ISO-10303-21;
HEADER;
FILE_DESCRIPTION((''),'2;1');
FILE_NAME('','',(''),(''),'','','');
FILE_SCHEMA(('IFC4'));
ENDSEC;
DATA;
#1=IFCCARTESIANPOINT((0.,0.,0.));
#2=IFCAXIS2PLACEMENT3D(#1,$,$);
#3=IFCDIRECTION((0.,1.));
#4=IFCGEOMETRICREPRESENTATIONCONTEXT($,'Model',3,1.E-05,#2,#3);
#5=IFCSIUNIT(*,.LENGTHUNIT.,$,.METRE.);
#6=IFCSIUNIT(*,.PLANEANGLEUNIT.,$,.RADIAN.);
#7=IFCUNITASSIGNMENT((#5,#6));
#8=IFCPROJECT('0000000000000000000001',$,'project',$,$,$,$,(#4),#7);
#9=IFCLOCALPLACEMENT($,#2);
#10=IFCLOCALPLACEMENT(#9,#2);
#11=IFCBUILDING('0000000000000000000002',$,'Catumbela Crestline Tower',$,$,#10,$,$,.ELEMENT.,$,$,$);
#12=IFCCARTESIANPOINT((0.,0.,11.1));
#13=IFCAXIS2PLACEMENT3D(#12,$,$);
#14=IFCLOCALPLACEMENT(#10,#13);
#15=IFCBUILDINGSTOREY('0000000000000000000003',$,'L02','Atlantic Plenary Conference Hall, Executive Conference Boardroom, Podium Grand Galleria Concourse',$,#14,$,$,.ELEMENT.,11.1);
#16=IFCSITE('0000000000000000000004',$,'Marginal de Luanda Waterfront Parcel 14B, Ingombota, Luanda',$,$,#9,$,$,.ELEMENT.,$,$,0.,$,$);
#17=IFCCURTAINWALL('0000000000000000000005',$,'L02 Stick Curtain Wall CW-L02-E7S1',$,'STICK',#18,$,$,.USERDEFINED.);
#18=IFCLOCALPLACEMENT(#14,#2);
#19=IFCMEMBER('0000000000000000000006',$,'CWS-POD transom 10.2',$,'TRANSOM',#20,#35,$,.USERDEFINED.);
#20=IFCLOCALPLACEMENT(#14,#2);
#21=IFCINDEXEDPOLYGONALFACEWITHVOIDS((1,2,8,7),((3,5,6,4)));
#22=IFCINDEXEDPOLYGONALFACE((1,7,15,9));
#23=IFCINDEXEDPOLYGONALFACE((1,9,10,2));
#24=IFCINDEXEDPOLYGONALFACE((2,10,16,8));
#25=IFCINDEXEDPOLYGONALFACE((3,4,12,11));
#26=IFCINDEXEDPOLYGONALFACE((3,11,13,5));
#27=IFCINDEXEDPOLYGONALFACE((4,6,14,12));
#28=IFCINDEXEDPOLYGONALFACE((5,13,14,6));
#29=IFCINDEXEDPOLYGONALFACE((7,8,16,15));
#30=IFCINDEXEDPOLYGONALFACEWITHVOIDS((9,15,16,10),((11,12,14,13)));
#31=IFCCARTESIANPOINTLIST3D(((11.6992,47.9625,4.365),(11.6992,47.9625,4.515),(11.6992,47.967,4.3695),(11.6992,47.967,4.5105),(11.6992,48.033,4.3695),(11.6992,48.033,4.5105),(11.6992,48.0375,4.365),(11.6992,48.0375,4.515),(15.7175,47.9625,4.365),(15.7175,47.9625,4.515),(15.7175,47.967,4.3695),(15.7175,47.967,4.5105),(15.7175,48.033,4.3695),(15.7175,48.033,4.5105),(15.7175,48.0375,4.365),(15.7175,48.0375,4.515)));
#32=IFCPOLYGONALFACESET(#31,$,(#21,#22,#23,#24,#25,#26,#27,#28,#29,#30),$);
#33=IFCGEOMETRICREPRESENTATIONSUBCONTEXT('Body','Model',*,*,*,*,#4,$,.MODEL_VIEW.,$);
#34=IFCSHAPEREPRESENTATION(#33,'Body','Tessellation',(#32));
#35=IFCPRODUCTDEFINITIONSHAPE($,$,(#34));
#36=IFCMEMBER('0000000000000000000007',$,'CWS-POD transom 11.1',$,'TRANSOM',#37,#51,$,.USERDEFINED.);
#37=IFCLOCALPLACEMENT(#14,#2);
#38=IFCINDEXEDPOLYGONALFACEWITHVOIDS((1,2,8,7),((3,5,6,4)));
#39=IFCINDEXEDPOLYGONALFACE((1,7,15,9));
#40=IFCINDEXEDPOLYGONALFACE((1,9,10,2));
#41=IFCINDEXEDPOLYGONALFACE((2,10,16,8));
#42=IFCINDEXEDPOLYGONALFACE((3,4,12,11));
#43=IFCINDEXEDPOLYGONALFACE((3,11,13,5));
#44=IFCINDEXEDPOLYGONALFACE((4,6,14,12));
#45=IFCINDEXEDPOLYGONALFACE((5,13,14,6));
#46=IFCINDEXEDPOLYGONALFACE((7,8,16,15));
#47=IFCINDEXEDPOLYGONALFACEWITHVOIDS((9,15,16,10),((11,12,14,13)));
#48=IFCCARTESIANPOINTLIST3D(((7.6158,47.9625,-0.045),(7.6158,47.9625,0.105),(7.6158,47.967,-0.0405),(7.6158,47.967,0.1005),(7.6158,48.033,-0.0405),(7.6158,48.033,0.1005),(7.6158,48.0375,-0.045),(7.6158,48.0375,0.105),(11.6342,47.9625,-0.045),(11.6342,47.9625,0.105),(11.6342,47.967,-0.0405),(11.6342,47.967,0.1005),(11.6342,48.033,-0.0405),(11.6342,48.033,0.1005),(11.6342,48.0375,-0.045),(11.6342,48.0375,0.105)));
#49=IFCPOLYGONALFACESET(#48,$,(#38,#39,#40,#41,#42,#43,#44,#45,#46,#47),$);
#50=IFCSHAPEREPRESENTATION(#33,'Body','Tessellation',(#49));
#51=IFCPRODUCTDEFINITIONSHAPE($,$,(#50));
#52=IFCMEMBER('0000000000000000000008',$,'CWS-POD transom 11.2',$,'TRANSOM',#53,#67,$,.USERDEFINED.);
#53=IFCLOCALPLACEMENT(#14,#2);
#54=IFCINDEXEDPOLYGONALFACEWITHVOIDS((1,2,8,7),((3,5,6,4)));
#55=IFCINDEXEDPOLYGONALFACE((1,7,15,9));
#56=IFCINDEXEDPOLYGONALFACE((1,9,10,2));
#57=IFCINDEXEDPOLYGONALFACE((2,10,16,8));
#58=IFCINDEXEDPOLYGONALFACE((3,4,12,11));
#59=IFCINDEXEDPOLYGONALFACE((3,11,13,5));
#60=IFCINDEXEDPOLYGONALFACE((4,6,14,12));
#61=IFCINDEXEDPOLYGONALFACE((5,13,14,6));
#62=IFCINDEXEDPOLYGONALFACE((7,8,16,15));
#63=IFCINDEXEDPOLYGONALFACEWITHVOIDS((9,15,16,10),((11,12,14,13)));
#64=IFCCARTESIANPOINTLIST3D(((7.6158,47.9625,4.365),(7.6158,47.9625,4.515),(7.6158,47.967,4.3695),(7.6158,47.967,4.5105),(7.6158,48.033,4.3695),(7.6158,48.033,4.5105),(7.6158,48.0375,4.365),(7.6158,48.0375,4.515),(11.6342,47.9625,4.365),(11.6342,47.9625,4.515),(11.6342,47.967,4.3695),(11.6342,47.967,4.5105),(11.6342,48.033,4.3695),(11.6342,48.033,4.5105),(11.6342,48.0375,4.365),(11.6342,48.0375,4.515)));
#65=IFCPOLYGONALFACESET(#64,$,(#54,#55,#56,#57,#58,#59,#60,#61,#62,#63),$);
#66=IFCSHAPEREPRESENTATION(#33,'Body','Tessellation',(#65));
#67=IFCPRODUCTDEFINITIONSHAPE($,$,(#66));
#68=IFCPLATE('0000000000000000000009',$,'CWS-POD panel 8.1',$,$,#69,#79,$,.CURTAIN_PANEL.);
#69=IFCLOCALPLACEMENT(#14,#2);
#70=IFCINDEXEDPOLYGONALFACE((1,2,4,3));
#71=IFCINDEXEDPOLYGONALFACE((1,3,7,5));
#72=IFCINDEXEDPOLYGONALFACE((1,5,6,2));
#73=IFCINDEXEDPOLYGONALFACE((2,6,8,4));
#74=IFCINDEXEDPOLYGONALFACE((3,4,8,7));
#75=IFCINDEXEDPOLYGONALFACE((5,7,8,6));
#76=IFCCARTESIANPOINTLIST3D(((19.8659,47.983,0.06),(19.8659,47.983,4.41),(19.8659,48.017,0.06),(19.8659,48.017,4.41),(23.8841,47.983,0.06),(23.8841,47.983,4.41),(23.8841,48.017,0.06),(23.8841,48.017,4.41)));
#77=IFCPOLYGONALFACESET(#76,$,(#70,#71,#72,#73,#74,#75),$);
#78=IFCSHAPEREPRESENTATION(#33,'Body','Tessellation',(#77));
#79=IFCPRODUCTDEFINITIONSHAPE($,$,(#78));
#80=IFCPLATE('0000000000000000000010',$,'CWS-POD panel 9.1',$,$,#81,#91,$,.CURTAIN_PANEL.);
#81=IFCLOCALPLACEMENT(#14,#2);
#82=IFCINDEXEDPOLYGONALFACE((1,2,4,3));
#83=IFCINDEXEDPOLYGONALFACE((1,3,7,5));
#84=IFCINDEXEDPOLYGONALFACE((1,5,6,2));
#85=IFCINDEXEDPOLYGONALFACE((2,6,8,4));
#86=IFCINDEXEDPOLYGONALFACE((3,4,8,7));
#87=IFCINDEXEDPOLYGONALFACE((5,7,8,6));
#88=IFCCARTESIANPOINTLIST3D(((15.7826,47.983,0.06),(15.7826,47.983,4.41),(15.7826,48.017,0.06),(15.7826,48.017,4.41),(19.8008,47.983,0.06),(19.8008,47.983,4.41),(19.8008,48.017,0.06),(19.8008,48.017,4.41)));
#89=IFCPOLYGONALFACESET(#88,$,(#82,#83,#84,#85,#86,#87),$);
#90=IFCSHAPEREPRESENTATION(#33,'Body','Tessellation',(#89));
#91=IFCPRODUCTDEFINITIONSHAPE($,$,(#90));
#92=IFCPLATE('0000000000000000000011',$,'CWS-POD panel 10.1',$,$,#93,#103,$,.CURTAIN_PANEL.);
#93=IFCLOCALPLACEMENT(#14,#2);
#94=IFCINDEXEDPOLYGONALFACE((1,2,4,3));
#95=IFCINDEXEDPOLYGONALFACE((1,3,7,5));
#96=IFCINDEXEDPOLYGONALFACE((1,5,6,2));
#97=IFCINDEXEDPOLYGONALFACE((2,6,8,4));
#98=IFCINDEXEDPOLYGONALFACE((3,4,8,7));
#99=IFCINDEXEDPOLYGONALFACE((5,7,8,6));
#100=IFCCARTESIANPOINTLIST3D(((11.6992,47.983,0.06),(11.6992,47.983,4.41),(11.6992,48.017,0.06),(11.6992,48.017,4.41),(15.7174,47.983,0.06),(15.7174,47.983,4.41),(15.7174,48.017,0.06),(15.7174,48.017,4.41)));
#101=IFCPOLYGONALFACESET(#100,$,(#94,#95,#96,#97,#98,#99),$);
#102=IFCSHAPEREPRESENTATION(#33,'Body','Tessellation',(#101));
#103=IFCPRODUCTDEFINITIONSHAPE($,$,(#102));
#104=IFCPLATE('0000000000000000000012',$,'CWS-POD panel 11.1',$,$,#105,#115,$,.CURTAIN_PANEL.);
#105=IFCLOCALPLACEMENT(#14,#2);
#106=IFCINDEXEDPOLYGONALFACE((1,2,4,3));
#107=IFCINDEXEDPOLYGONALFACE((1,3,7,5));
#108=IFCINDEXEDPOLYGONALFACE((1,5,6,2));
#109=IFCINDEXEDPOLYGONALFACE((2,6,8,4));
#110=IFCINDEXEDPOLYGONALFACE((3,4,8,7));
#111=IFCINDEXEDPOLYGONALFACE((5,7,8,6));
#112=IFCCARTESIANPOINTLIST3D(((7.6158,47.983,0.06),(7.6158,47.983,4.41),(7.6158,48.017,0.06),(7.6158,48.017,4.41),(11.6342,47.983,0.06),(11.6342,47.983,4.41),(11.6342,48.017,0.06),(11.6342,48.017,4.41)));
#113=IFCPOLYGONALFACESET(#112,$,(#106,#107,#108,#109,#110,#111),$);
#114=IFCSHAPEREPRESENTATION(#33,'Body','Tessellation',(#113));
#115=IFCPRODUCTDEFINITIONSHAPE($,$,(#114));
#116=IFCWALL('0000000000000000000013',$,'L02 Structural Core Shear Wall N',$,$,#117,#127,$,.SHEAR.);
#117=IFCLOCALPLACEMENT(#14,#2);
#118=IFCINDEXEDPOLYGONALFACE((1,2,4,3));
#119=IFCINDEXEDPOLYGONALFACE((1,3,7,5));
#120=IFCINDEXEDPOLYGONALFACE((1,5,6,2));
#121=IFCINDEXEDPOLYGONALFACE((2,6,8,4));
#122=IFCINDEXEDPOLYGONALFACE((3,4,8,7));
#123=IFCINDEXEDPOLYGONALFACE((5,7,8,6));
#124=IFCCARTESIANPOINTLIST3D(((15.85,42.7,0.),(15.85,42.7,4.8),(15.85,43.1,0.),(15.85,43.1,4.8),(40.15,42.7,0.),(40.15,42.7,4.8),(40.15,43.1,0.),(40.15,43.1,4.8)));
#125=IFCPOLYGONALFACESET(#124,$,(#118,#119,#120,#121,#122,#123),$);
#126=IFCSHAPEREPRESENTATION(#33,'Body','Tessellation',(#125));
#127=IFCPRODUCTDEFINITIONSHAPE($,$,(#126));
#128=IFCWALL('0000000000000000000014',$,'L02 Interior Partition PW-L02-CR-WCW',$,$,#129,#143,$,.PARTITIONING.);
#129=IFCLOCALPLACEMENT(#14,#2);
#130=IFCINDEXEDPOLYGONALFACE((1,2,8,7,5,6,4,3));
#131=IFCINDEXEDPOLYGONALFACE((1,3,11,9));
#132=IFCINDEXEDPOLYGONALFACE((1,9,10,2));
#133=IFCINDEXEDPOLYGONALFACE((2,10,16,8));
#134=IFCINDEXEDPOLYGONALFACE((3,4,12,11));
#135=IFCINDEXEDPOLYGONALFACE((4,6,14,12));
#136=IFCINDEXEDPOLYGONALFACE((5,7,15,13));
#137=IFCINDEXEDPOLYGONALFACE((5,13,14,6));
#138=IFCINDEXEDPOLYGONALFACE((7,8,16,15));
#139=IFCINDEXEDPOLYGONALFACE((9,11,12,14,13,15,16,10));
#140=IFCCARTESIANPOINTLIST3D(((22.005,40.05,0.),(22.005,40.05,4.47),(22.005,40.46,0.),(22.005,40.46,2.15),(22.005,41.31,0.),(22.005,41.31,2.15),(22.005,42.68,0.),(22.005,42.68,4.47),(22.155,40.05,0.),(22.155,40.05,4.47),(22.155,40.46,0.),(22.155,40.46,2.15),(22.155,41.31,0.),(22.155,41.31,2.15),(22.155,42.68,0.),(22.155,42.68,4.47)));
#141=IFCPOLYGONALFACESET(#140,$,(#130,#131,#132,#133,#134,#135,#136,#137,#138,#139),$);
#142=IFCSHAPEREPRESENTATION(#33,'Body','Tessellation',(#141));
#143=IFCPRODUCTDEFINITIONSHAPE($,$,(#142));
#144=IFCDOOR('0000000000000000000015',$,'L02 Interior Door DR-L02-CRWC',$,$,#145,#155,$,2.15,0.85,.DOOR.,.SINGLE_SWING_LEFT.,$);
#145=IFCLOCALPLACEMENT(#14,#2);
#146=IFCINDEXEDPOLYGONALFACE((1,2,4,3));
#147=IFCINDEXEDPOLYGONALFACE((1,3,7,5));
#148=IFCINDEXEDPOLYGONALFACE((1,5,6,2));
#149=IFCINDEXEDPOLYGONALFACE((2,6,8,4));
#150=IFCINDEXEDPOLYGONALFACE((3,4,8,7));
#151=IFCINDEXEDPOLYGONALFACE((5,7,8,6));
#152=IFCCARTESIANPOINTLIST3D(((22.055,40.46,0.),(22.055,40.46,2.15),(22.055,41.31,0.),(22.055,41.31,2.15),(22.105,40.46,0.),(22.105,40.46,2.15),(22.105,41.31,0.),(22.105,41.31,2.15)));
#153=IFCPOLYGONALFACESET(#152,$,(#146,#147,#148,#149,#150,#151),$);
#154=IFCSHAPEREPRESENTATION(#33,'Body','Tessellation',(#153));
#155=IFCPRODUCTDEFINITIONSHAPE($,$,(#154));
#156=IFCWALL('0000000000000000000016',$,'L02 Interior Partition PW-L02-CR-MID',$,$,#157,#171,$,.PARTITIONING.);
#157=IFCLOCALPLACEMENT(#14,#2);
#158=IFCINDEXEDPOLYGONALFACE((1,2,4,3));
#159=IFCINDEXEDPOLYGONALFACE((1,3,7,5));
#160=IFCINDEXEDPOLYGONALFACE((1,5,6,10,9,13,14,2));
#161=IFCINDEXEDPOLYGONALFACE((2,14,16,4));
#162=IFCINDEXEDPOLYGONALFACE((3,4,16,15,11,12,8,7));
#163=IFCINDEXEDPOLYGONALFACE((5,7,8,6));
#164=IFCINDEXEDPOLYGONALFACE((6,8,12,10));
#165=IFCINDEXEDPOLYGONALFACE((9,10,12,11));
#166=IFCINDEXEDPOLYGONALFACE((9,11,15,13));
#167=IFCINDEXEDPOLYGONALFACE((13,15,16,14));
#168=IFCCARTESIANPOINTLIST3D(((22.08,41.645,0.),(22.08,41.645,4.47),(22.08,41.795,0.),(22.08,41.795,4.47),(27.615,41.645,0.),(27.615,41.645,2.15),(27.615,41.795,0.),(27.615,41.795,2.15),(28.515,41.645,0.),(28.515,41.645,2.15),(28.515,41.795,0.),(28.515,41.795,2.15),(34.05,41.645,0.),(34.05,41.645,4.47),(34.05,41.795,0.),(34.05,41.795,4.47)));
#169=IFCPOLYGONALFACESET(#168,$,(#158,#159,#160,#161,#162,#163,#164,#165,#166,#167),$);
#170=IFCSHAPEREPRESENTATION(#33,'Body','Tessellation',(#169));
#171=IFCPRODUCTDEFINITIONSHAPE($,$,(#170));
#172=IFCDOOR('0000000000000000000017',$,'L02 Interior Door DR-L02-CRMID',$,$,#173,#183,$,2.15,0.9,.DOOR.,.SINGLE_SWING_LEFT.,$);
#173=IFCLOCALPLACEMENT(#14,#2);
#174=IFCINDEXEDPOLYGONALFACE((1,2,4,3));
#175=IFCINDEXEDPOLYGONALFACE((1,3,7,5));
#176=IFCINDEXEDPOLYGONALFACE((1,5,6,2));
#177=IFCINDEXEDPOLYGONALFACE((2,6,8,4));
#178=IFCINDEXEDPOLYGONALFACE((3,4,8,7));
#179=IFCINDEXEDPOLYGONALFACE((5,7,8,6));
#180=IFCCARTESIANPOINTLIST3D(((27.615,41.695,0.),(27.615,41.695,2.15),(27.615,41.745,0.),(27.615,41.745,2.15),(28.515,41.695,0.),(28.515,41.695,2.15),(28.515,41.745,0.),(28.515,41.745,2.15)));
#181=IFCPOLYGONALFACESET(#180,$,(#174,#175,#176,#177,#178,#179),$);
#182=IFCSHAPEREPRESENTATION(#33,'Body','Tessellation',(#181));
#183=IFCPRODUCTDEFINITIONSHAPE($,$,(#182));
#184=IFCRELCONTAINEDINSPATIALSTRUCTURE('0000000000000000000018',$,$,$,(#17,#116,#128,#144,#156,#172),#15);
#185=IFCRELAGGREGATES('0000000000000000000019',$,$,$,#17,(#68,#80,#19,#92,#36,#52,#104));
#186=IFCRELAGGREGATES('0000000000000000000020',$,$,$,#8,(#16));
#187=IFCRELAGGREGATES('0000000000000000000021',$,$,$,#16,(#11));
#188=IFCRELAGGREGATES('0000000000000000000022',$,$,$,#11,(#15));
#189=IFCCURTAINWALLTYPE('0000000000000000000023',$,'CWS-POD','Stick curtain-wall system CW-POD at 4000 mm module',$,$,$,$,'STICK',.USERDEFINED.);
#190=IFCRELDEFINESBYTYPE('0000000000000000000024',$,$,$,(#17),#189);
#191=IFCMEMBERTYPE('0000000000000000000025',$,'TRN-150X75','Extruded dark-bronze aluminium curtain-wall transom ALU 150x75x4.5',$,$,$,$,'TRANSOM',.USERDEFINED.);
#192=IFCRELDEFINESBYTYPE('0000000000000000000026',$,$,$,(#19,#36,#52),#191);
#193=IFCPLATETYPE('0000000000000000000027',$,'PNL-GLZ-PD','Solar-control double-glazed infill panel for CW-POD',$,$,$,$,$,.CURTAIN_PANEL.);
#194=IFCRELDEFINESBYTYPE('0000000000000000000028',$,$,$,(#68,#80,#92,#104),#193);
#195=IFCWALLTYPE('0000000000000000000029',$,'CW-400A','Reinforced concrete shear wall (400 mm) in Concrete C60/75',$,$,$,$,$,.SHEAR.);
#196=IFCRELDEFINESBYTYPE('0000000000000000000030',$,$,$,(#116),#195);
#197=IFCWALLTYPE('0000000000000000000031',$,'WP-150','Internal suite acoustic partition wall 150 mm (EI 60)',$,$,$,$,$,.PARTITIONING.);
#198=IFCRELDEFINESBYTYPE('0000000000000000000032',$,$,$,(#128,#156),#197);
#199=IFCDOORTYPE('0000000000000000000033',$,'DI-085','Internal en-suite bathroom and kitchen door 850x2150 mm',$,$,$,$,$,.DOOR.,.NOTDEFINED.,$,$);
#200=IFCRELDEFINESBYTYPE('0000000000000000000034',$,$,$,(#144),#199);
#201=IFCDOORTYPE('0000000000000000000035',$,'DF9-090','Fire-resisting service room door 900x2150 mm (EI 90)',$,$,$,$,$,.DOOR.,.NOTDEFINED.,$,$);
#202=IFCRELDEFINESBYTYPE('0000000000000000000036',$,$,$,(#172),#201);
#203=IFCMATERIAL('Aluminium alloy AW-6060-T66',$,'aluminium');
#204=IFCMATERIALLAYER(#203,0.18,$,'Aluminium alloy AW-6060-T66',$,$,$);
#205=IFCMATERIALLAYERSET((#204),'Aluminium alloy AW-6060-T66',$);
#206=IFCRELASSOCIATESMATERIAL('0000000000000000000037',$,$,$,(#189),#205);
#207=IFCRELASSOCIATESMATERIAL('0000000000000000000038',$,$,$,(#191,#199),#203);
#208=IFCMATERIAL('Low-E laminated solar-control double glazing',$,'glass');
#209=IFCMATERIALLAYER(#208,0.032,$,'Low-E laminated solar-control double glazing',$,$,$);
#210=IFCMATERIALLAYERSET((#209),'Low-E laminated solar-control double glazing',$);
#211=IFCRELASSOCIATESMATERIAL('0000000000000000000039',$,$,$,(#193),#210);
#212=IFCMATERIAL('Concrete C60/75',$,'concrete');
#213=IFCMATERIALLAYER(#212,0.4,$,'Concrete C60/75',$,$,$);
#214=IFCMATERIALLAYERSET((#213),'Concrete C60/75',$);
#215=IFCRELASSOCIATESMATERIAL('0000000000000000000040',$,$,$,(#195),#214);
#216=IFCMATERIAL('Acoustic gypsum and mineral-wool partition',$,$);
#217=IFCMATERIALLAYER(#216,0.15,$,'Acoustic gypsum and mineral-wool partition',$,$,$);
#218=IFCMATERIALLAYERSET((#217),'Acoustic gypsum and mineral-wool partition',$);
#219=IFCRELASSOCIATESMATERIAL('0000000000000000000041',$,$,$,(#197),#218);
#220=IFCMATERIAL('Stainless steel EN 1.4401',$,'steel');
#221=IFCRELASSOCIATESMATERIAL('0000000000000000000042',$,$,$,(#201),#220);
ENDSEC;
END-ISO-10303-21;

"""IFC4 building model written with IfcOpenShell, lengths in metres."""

from ifc_helpers import new_model, si_unit, direction, frame, frame_2d, origin, origin_2d, place, context, subcontext, project, spatial, rectangle, hollow_rectangle, extrude, material, layer, layer_set, material_profile, profile_set, type_object, element, fill, aggregate, save


model = new_model("IFC4")

# Units and contexts
model_context = context("Model", 3, precision=1e-05, world=origin(), true_north=direction((0.0, 1.0)))
body_context = subcontext(model_context, "Body", "Model", "MODEL_VIEW")
ifc_project = project(units=[si_unit("LENGTHUNIT", "METRE"), si_unit("PLANEANGLEUNIT", "RADIAN")], contexts=[model_context])

# Site, building, storey
site_placement = place(None, origin())
site = spatial("IfcSite", under=ifc_project, at=site_placement, Name="Marginal de Luanda Waterfront Parcel 14B, Ingombota, Luanda", CompositionType="ELEMENT", RefElevation=0.0)
building_placement = place(site_placement, origin())
building = spatial("IfcBuilding", under=site, at=building_placement, Name="Catumbela Crestline Tower", CompositionType="ELEMENT")
storey_placement = place(building_placement, frame((0.0, 0.0, 11.1)))
storey = spatial("IfcBuildingStorey", under=building, at=storey_placement, Name="L02", Description="Atlantic Plenary Conference Hall, Executive Conference Boardroom, Podium Grand Galleria Concourse", CompositionType="ELEMENT", Elevation=11.1)

# Shared definitions
ifc_material_1 = material(Name="Concrete C60/75", Category="concrete")

# Curtain wall
ifc_material_2 = material(Name="Aluminium alloy AW-6060-T66", Category="aluminium")
ifc_layer_1 = layer(ifc_material_2, 0.18, Name="Aluminium alloy AW-6060-T66")
ifc_layer_set_1 = layer_set([ifc_layer_1], Name="Aluminium alloy AW-6060-T66")
curtain_wall_type = type_object("IfcCurtainWallType", Name="CWS-POD", Description="Stick curtain-wall system CW-POD at 4000 mm module", ElementType="STICK", PredefinedType="USERDEFINED", material=ifc_layer_set_1)
curtain_wall_placement = place(storey_placement, origin())
curtain_wall = element("IfcCurtainWall", 1, at=curtain_wall_placement, inside=storey, type_object=curtain_wall_type, Name="L02 Stick Curtain Wall CW-L02-E7S1", ObjectType="STICK", PredefinedType="USERDEFINED")

# Members
ifc_material_profile_1 = material_profile(ifc_material_2, hollow_rectangle(XDim=0.075, YDim=0.15, WallThickness=0.0045, at=origin_2d()), Name="ALU 150x75x4.5")
ifc_profile_set_1 = profile_set([ifc_material_profile_1], Name="Aluminium alloy AW-6060-T66")
member_type_1 = type_object("IfcMemberType", Name="TRN-150X75", Description="Extruded dark-bronze aluminium curtain-wall transom ALU 150x75x4.5", ElementType="TRANSOM", PredefinedType="USERDEFINED", material=ifc_profile_set_1)
member_1_placement = place(storey_placement, frame((15.7175, 48.0, 4.44), z_axis=(-1.0, 0.0, 0.0), x_axis=(0.0, -1.0, 0.0)))
member_1 = element("IfcMember", 2, at=member_1_placement, type_object=member_type_1, Name="CWS-POD transom 10.2", ObjectType="TRANSOM", PredefinedType="USERDEFINED", context=body_context, shape_type="SweptSolid", body=[
    extrude(hollow_rectangle(XDim=0.075, YDim=0.15, WallThickness=0.0045, at=origin_2d()), origin(), (0.0, 0.0, 1.0), 4.0183),
])
member_2_placement = place(storey_placement, frame((11.6342, 48.0, 0.03), z_axis=(-1.0, 0.0, 0.0), x_axis=(0.0, -1.0, 0.0)))
member_2 = element("IfcMember", 3, at=member_2_placement, type_object=member_type_1, Name="CWS-POD transom 11.1", ObjectType="TRANSOM", PredefinedType="USERDEFINED", context=body_context, shape_type="SweptSolid", body=[
    extrude(hollow_rectangle(XDim=0.075, YDim=0.15, WallThickness=0.0045, at=origin_2d()), origin(), (0.0, 0.0, 1.0), 4.0184),
])
member_3_placement = place(storey_placement, frame((11.6342, 48.0, 4.44), z_axis=(-1.0, 0.0, 0.0), x_axis=(0.0, -1.0, 0.0)))
member_3 = element("IfcMember", 4, at=member_3_placement, type_object=member_type_1, Name="CWS-POD transom 11.2", ObjectType="TRANSOM", PredefinedType="USERDEFINED", context=body_context, shape_type="SweptSolid", body=[
    extrude(hollow_rectangle(XDim=0.075, YDim=0.15, WallThickness=0.0045, at=origin_2d()), origin(), (0.0, 0.0, 1.0), 4.0184),
])

# Plates
ifc_material_3 = material(Name="Low-E laminated solar-control double glazing", Category="glass")
ifc_layer_2 = layer(ifc_material_3, 0.032, Name="Low-E laminated solar-control double glazing")
ifc_layer_set_2 = layer_set([ifc_layer_2], Name="Low-E laminated solar-control double glazing")
plate_type = type_object("IfcPlateType", Name="PNL-GLZ-PD", Description="Solar-control double-glazed infill panel for CW-POD", PredefinedType="CURTAIN_PANEL", material=ifc_layer_set_2)
plate_1_placement = place(storey_placement, frame((21.875, 48.0, 0.06), z_axis=(0.0, 0.0, 1.0), x_axis=(-1.0, 0.0, 0.0)))
plate_1 = element("IfcPlate", 5, at=plate_1_placement, type_object=plate_type, Name="CWS-POD panel 8.1", PredefinedType="CURTAIN_PANEL", context=body_context, shape_type="SweptSolid", body=[
    extrude(rectangle(XDim=4.0183, YDim=0.034, at=origin_2d()), origin(), (0.0, 0.0, 1.0), 4.35),
])
plate_2_placement = place(storey_placement, frame((17.7917, 48.0, 0.06), z_axis=(0.0, 0.0, 1.0), x_axis=(-1.0, 0.0, 0.0)))
plate_2 = element("IfcPlate", 6, at=plate_2_placement, type_object=plate_type, Name="CWS-POD panel 9.1", PredefinedType="CURTAIN_PANEL", context=body_context, shape_type="SweptSolid", body=[
    extrude(rectangle(XDim=4.0183, YDim=0.034, at=origin_2d()), origin(), (0.0, 0.0, 1.0), 4.35),
])
plate_3_placement = place(storey_placement, frame((13.7083, 48.0, 0.06), z_axis=(0.0, 0.0, 1.0), x_axis=(-1.0, 0.0, 0.0)))
plate_3 = element("IfcPlate", 7, at=plate_3_placement, type_object=plate_type, Name="CWS-POD panel 10.1", PredefinedType="CURTAIN_PANEL", context=body_context, shape_type="SweptSolid", body=[
    extrude(rectangle(XDim=4.0183, YDim=0.034, at=origin_2d()), origin(), (0.0, 0.0, 1.0), 4.35),
])
plate_4_placement = place(storey_placement, frame((9.625, 48.0, 0.06), z_axis=(0.0, 0.0, 1.0), x_axis=(-1.0, 0.0, 0.0)))
plate_4 = element("IfcPlate", 8, at=plate_4_placement, type_object=plate_type, Name="CWS-POD panel 11.1", PredefinedType="CURTAIN_PANEL", context=body_context, shape_type="SweptSolid", body=[
    extrude(rectangle(XDim=4.0183, YDim=0.034, at=origin_2d()), origin(), (0.0, 0.0, 1.0), 4.35),
])
aggregate(curtain_wall, [plate_1, plate_2, member_1, plate_3, member_2, member_3, plate_4])

# Wall
ifc_layer_3 = layer(ifc_material_1, 0.4, Name="Concrete C60/75")
ifc_layer_set_3 = layer_set([ifc_layer_3], Name="Concrete C60/75")
wall_type_1 = type_object("IfcWallType", Name="CW-400A", Description="Reinforced concrete shear wall (400 mm) in Concrete C60/75", PredefinedType="SHEAR", material=ifc_layer_set_3)
wall_1_placement = place(storey_placement, frame((15.85, 42.9, 0.0), z_axis=(0.0, 0.0, 1.0), x_axis=(1.0, 0.0, 0.0)))
element("IfcWall", 9, at=wall_1_placement, inside=storey, type_object=wall_type_1, Name="L02 Structural Core Shear Wall N", PredefinedType="SHEAR", context=body_context, shape_type="SweptSolid", body=[
    extrude(rectangle(XDim=24.3, YDim=0.4, at=frame_2d((12.15, 0.0))), origin(), (0.0, 0.0, 1.0), 4.8),
])

# Walls, openings, doors
ifc_material_4 = material(Name="Acoustic gypsum and mineral-wool partition")
ifc_layer_4 = layer(ifc_material_4, 0.15, Name="Acoustic gypsum and mineral-wool partition")
ifc_layer_set_4 = layer_set([ifc_layer_4], Name="Acoustic gypsum and mineral-wool partition")
wall_type_2 = type_object("IfcWallType", Name="WP-150", Description="Internal suite acoustic partition wall 150 mm (EI 60)", PredefinedType="PARTITIONING", material=ifc_layer_set_4)
wall_2_placement = place(storey_placement, frame((22.08, 40.05, 0.0), z_axis=(0.0, 0.0, 1.0), x_axis=(0.0, 1.0, 0.0)))
wall_2 = element("IfcWall", 10, at=wall_2_placement, inside=storey, type_object=wall_type_2, Name="L02 Interior Partition PW-L02-CR-WCW", PredefinedType="PARTITIONING", context=body_context, shape_type="SweptSolid", body=[
    extrude(rectangle(XDim=2.63, YDim=0.15, at=frame_2d((1.315, 0.0))), origin(), (0.0, 0.0, 1.0), 4.47),
])
opening_1_placement = place(wall_2_placement, frame((0.41, 0.0, 0.0)))
opening_1 = element("IfcOpeningElement", 11, at=opening_1_placement, cuts=wall_2, PredefinedType="OPENING", context=body_context, shape_type="SweptSolid", body=[
    extrude(rectangle(XDim=0.85, YDim=2.15, at=frame_2d((0.425, 1.075))), frame((0.0, 0.085, 0.0), z_axis=(0.0, -1.0, 0.0), x_axis=(1.0, 0.0, 0.0)), (0.0, 0.0, 1.0), 0.17),
])
door_type_1 = type_object("IfcDoorType", Name="DI-085", Description="Internal en-suite bathroom and kitchen door 850x2150 mm", OperationType="NOTDEFINED", PredefinedType="DOOR", material=ifc_material_2)
door_1_placement = place(opening_1_placement, origin())
door_1 = element("IfcDoor", 12, at=door_1_placement, inside=storey, type_object=door_type_1, Name="L02 Interior Door DR-L02-CRWC", OperationType="SINGLE_SWING_LEFT", OverallHeight=2.15, OverallWidth=0.85, PredefinedType="DOOR", context=body_context, shape_type="SweptSolid", body=[
    extrude(rectangle(XDim=0.85, YDim=2.15, at=frame_2d((0.425, 1.075))), frame((0.0, 0.025, 0.0), z_axis=(0.0, -1.0, 0.0), x_axis=(1.0, 0.0, 0.0)), (0.0, 0.0, 1.0), 0.05),
])
fill(opening_1, door_1)
wall_3_placement = place(storey_placement, frame((22.08, 41.72, 0.0), z_axis=(0.0, 0.0, 1.0), x_axis=(1.0, 0.0, 0.0)))
wall_3 = element("IfcWall", 13, at=wall_3_placement, inside=storey, type_object=wall_type_2, Name="L02 Interior Partition PW-L02-CR-MID", PredefinedType="PARTITIONING", context=body_context, shape_type="SweptSolid", body=[
    extrude(rectangle(XDim=11.97, YDim=0.15, at=frame_2d((5.985, 0.0))), origin(), (0.0, 0.0, 1.0), 4.47),
])
opening_2_placement = place(wall_3_placement, frame((5.535, 0.0, 0.0)))
opening_2 = element("IfcOpeningElement", 14, at=opening_2_placement, cuts=wall_3, PredefinedType="OPENING", context=body_context, shape_type="SweptSolid", body=[
    extrude(rectangle(XDim=0.9, YDim=2.15, at=frame_2d((0.45, 1.075))), frame((0.0, 0.085, 0.0), z_axis=(0.0, -1.0, 0.0), x_axis=(1.0, 0.0, 0.0)), (0.0, 0.0, 1.0), 0.17),
])
ifc_material_5 = material(Name="Stainless steel EN 1.4401", Category="steel")
door_type_2 = type_object("IfcDoorType", Name="DF9-090", Description="Fire-resisting service room door 900x2150 mm (EI 90)", OperationType="NOTDEFINED", PredefinedType="DOOR", material=ifc_material_5)
door_2_placement = place(opening_2_placement, origin())
door_2 = element("IfcDoor", 15, at=door_2_placement, inside=storey, type_object=door_type_2, Name="L02 Interior Door DR-L02-CRMID", OperationType="SINGLE_SWING_LEFT", OverallHeight=2.15, OverallWidth=0.9, PredefinedType="DOOR", context=body_context, shape_type="SweptSolid", body=[
    extrude(rectangle(XDim=0.9, YDim=2.15, at=frame_2d((0.45, 1.075))), frame((0.0, 0.025, 0.0), z_axis=(0.0, -1.0, 0.0), x_axis=(1.0, 0.0, 0.0)), (0.0, 0.0, 1.0), 0.05),
])
fill(opening_2, door_2)

save(model, "model.ifc")
